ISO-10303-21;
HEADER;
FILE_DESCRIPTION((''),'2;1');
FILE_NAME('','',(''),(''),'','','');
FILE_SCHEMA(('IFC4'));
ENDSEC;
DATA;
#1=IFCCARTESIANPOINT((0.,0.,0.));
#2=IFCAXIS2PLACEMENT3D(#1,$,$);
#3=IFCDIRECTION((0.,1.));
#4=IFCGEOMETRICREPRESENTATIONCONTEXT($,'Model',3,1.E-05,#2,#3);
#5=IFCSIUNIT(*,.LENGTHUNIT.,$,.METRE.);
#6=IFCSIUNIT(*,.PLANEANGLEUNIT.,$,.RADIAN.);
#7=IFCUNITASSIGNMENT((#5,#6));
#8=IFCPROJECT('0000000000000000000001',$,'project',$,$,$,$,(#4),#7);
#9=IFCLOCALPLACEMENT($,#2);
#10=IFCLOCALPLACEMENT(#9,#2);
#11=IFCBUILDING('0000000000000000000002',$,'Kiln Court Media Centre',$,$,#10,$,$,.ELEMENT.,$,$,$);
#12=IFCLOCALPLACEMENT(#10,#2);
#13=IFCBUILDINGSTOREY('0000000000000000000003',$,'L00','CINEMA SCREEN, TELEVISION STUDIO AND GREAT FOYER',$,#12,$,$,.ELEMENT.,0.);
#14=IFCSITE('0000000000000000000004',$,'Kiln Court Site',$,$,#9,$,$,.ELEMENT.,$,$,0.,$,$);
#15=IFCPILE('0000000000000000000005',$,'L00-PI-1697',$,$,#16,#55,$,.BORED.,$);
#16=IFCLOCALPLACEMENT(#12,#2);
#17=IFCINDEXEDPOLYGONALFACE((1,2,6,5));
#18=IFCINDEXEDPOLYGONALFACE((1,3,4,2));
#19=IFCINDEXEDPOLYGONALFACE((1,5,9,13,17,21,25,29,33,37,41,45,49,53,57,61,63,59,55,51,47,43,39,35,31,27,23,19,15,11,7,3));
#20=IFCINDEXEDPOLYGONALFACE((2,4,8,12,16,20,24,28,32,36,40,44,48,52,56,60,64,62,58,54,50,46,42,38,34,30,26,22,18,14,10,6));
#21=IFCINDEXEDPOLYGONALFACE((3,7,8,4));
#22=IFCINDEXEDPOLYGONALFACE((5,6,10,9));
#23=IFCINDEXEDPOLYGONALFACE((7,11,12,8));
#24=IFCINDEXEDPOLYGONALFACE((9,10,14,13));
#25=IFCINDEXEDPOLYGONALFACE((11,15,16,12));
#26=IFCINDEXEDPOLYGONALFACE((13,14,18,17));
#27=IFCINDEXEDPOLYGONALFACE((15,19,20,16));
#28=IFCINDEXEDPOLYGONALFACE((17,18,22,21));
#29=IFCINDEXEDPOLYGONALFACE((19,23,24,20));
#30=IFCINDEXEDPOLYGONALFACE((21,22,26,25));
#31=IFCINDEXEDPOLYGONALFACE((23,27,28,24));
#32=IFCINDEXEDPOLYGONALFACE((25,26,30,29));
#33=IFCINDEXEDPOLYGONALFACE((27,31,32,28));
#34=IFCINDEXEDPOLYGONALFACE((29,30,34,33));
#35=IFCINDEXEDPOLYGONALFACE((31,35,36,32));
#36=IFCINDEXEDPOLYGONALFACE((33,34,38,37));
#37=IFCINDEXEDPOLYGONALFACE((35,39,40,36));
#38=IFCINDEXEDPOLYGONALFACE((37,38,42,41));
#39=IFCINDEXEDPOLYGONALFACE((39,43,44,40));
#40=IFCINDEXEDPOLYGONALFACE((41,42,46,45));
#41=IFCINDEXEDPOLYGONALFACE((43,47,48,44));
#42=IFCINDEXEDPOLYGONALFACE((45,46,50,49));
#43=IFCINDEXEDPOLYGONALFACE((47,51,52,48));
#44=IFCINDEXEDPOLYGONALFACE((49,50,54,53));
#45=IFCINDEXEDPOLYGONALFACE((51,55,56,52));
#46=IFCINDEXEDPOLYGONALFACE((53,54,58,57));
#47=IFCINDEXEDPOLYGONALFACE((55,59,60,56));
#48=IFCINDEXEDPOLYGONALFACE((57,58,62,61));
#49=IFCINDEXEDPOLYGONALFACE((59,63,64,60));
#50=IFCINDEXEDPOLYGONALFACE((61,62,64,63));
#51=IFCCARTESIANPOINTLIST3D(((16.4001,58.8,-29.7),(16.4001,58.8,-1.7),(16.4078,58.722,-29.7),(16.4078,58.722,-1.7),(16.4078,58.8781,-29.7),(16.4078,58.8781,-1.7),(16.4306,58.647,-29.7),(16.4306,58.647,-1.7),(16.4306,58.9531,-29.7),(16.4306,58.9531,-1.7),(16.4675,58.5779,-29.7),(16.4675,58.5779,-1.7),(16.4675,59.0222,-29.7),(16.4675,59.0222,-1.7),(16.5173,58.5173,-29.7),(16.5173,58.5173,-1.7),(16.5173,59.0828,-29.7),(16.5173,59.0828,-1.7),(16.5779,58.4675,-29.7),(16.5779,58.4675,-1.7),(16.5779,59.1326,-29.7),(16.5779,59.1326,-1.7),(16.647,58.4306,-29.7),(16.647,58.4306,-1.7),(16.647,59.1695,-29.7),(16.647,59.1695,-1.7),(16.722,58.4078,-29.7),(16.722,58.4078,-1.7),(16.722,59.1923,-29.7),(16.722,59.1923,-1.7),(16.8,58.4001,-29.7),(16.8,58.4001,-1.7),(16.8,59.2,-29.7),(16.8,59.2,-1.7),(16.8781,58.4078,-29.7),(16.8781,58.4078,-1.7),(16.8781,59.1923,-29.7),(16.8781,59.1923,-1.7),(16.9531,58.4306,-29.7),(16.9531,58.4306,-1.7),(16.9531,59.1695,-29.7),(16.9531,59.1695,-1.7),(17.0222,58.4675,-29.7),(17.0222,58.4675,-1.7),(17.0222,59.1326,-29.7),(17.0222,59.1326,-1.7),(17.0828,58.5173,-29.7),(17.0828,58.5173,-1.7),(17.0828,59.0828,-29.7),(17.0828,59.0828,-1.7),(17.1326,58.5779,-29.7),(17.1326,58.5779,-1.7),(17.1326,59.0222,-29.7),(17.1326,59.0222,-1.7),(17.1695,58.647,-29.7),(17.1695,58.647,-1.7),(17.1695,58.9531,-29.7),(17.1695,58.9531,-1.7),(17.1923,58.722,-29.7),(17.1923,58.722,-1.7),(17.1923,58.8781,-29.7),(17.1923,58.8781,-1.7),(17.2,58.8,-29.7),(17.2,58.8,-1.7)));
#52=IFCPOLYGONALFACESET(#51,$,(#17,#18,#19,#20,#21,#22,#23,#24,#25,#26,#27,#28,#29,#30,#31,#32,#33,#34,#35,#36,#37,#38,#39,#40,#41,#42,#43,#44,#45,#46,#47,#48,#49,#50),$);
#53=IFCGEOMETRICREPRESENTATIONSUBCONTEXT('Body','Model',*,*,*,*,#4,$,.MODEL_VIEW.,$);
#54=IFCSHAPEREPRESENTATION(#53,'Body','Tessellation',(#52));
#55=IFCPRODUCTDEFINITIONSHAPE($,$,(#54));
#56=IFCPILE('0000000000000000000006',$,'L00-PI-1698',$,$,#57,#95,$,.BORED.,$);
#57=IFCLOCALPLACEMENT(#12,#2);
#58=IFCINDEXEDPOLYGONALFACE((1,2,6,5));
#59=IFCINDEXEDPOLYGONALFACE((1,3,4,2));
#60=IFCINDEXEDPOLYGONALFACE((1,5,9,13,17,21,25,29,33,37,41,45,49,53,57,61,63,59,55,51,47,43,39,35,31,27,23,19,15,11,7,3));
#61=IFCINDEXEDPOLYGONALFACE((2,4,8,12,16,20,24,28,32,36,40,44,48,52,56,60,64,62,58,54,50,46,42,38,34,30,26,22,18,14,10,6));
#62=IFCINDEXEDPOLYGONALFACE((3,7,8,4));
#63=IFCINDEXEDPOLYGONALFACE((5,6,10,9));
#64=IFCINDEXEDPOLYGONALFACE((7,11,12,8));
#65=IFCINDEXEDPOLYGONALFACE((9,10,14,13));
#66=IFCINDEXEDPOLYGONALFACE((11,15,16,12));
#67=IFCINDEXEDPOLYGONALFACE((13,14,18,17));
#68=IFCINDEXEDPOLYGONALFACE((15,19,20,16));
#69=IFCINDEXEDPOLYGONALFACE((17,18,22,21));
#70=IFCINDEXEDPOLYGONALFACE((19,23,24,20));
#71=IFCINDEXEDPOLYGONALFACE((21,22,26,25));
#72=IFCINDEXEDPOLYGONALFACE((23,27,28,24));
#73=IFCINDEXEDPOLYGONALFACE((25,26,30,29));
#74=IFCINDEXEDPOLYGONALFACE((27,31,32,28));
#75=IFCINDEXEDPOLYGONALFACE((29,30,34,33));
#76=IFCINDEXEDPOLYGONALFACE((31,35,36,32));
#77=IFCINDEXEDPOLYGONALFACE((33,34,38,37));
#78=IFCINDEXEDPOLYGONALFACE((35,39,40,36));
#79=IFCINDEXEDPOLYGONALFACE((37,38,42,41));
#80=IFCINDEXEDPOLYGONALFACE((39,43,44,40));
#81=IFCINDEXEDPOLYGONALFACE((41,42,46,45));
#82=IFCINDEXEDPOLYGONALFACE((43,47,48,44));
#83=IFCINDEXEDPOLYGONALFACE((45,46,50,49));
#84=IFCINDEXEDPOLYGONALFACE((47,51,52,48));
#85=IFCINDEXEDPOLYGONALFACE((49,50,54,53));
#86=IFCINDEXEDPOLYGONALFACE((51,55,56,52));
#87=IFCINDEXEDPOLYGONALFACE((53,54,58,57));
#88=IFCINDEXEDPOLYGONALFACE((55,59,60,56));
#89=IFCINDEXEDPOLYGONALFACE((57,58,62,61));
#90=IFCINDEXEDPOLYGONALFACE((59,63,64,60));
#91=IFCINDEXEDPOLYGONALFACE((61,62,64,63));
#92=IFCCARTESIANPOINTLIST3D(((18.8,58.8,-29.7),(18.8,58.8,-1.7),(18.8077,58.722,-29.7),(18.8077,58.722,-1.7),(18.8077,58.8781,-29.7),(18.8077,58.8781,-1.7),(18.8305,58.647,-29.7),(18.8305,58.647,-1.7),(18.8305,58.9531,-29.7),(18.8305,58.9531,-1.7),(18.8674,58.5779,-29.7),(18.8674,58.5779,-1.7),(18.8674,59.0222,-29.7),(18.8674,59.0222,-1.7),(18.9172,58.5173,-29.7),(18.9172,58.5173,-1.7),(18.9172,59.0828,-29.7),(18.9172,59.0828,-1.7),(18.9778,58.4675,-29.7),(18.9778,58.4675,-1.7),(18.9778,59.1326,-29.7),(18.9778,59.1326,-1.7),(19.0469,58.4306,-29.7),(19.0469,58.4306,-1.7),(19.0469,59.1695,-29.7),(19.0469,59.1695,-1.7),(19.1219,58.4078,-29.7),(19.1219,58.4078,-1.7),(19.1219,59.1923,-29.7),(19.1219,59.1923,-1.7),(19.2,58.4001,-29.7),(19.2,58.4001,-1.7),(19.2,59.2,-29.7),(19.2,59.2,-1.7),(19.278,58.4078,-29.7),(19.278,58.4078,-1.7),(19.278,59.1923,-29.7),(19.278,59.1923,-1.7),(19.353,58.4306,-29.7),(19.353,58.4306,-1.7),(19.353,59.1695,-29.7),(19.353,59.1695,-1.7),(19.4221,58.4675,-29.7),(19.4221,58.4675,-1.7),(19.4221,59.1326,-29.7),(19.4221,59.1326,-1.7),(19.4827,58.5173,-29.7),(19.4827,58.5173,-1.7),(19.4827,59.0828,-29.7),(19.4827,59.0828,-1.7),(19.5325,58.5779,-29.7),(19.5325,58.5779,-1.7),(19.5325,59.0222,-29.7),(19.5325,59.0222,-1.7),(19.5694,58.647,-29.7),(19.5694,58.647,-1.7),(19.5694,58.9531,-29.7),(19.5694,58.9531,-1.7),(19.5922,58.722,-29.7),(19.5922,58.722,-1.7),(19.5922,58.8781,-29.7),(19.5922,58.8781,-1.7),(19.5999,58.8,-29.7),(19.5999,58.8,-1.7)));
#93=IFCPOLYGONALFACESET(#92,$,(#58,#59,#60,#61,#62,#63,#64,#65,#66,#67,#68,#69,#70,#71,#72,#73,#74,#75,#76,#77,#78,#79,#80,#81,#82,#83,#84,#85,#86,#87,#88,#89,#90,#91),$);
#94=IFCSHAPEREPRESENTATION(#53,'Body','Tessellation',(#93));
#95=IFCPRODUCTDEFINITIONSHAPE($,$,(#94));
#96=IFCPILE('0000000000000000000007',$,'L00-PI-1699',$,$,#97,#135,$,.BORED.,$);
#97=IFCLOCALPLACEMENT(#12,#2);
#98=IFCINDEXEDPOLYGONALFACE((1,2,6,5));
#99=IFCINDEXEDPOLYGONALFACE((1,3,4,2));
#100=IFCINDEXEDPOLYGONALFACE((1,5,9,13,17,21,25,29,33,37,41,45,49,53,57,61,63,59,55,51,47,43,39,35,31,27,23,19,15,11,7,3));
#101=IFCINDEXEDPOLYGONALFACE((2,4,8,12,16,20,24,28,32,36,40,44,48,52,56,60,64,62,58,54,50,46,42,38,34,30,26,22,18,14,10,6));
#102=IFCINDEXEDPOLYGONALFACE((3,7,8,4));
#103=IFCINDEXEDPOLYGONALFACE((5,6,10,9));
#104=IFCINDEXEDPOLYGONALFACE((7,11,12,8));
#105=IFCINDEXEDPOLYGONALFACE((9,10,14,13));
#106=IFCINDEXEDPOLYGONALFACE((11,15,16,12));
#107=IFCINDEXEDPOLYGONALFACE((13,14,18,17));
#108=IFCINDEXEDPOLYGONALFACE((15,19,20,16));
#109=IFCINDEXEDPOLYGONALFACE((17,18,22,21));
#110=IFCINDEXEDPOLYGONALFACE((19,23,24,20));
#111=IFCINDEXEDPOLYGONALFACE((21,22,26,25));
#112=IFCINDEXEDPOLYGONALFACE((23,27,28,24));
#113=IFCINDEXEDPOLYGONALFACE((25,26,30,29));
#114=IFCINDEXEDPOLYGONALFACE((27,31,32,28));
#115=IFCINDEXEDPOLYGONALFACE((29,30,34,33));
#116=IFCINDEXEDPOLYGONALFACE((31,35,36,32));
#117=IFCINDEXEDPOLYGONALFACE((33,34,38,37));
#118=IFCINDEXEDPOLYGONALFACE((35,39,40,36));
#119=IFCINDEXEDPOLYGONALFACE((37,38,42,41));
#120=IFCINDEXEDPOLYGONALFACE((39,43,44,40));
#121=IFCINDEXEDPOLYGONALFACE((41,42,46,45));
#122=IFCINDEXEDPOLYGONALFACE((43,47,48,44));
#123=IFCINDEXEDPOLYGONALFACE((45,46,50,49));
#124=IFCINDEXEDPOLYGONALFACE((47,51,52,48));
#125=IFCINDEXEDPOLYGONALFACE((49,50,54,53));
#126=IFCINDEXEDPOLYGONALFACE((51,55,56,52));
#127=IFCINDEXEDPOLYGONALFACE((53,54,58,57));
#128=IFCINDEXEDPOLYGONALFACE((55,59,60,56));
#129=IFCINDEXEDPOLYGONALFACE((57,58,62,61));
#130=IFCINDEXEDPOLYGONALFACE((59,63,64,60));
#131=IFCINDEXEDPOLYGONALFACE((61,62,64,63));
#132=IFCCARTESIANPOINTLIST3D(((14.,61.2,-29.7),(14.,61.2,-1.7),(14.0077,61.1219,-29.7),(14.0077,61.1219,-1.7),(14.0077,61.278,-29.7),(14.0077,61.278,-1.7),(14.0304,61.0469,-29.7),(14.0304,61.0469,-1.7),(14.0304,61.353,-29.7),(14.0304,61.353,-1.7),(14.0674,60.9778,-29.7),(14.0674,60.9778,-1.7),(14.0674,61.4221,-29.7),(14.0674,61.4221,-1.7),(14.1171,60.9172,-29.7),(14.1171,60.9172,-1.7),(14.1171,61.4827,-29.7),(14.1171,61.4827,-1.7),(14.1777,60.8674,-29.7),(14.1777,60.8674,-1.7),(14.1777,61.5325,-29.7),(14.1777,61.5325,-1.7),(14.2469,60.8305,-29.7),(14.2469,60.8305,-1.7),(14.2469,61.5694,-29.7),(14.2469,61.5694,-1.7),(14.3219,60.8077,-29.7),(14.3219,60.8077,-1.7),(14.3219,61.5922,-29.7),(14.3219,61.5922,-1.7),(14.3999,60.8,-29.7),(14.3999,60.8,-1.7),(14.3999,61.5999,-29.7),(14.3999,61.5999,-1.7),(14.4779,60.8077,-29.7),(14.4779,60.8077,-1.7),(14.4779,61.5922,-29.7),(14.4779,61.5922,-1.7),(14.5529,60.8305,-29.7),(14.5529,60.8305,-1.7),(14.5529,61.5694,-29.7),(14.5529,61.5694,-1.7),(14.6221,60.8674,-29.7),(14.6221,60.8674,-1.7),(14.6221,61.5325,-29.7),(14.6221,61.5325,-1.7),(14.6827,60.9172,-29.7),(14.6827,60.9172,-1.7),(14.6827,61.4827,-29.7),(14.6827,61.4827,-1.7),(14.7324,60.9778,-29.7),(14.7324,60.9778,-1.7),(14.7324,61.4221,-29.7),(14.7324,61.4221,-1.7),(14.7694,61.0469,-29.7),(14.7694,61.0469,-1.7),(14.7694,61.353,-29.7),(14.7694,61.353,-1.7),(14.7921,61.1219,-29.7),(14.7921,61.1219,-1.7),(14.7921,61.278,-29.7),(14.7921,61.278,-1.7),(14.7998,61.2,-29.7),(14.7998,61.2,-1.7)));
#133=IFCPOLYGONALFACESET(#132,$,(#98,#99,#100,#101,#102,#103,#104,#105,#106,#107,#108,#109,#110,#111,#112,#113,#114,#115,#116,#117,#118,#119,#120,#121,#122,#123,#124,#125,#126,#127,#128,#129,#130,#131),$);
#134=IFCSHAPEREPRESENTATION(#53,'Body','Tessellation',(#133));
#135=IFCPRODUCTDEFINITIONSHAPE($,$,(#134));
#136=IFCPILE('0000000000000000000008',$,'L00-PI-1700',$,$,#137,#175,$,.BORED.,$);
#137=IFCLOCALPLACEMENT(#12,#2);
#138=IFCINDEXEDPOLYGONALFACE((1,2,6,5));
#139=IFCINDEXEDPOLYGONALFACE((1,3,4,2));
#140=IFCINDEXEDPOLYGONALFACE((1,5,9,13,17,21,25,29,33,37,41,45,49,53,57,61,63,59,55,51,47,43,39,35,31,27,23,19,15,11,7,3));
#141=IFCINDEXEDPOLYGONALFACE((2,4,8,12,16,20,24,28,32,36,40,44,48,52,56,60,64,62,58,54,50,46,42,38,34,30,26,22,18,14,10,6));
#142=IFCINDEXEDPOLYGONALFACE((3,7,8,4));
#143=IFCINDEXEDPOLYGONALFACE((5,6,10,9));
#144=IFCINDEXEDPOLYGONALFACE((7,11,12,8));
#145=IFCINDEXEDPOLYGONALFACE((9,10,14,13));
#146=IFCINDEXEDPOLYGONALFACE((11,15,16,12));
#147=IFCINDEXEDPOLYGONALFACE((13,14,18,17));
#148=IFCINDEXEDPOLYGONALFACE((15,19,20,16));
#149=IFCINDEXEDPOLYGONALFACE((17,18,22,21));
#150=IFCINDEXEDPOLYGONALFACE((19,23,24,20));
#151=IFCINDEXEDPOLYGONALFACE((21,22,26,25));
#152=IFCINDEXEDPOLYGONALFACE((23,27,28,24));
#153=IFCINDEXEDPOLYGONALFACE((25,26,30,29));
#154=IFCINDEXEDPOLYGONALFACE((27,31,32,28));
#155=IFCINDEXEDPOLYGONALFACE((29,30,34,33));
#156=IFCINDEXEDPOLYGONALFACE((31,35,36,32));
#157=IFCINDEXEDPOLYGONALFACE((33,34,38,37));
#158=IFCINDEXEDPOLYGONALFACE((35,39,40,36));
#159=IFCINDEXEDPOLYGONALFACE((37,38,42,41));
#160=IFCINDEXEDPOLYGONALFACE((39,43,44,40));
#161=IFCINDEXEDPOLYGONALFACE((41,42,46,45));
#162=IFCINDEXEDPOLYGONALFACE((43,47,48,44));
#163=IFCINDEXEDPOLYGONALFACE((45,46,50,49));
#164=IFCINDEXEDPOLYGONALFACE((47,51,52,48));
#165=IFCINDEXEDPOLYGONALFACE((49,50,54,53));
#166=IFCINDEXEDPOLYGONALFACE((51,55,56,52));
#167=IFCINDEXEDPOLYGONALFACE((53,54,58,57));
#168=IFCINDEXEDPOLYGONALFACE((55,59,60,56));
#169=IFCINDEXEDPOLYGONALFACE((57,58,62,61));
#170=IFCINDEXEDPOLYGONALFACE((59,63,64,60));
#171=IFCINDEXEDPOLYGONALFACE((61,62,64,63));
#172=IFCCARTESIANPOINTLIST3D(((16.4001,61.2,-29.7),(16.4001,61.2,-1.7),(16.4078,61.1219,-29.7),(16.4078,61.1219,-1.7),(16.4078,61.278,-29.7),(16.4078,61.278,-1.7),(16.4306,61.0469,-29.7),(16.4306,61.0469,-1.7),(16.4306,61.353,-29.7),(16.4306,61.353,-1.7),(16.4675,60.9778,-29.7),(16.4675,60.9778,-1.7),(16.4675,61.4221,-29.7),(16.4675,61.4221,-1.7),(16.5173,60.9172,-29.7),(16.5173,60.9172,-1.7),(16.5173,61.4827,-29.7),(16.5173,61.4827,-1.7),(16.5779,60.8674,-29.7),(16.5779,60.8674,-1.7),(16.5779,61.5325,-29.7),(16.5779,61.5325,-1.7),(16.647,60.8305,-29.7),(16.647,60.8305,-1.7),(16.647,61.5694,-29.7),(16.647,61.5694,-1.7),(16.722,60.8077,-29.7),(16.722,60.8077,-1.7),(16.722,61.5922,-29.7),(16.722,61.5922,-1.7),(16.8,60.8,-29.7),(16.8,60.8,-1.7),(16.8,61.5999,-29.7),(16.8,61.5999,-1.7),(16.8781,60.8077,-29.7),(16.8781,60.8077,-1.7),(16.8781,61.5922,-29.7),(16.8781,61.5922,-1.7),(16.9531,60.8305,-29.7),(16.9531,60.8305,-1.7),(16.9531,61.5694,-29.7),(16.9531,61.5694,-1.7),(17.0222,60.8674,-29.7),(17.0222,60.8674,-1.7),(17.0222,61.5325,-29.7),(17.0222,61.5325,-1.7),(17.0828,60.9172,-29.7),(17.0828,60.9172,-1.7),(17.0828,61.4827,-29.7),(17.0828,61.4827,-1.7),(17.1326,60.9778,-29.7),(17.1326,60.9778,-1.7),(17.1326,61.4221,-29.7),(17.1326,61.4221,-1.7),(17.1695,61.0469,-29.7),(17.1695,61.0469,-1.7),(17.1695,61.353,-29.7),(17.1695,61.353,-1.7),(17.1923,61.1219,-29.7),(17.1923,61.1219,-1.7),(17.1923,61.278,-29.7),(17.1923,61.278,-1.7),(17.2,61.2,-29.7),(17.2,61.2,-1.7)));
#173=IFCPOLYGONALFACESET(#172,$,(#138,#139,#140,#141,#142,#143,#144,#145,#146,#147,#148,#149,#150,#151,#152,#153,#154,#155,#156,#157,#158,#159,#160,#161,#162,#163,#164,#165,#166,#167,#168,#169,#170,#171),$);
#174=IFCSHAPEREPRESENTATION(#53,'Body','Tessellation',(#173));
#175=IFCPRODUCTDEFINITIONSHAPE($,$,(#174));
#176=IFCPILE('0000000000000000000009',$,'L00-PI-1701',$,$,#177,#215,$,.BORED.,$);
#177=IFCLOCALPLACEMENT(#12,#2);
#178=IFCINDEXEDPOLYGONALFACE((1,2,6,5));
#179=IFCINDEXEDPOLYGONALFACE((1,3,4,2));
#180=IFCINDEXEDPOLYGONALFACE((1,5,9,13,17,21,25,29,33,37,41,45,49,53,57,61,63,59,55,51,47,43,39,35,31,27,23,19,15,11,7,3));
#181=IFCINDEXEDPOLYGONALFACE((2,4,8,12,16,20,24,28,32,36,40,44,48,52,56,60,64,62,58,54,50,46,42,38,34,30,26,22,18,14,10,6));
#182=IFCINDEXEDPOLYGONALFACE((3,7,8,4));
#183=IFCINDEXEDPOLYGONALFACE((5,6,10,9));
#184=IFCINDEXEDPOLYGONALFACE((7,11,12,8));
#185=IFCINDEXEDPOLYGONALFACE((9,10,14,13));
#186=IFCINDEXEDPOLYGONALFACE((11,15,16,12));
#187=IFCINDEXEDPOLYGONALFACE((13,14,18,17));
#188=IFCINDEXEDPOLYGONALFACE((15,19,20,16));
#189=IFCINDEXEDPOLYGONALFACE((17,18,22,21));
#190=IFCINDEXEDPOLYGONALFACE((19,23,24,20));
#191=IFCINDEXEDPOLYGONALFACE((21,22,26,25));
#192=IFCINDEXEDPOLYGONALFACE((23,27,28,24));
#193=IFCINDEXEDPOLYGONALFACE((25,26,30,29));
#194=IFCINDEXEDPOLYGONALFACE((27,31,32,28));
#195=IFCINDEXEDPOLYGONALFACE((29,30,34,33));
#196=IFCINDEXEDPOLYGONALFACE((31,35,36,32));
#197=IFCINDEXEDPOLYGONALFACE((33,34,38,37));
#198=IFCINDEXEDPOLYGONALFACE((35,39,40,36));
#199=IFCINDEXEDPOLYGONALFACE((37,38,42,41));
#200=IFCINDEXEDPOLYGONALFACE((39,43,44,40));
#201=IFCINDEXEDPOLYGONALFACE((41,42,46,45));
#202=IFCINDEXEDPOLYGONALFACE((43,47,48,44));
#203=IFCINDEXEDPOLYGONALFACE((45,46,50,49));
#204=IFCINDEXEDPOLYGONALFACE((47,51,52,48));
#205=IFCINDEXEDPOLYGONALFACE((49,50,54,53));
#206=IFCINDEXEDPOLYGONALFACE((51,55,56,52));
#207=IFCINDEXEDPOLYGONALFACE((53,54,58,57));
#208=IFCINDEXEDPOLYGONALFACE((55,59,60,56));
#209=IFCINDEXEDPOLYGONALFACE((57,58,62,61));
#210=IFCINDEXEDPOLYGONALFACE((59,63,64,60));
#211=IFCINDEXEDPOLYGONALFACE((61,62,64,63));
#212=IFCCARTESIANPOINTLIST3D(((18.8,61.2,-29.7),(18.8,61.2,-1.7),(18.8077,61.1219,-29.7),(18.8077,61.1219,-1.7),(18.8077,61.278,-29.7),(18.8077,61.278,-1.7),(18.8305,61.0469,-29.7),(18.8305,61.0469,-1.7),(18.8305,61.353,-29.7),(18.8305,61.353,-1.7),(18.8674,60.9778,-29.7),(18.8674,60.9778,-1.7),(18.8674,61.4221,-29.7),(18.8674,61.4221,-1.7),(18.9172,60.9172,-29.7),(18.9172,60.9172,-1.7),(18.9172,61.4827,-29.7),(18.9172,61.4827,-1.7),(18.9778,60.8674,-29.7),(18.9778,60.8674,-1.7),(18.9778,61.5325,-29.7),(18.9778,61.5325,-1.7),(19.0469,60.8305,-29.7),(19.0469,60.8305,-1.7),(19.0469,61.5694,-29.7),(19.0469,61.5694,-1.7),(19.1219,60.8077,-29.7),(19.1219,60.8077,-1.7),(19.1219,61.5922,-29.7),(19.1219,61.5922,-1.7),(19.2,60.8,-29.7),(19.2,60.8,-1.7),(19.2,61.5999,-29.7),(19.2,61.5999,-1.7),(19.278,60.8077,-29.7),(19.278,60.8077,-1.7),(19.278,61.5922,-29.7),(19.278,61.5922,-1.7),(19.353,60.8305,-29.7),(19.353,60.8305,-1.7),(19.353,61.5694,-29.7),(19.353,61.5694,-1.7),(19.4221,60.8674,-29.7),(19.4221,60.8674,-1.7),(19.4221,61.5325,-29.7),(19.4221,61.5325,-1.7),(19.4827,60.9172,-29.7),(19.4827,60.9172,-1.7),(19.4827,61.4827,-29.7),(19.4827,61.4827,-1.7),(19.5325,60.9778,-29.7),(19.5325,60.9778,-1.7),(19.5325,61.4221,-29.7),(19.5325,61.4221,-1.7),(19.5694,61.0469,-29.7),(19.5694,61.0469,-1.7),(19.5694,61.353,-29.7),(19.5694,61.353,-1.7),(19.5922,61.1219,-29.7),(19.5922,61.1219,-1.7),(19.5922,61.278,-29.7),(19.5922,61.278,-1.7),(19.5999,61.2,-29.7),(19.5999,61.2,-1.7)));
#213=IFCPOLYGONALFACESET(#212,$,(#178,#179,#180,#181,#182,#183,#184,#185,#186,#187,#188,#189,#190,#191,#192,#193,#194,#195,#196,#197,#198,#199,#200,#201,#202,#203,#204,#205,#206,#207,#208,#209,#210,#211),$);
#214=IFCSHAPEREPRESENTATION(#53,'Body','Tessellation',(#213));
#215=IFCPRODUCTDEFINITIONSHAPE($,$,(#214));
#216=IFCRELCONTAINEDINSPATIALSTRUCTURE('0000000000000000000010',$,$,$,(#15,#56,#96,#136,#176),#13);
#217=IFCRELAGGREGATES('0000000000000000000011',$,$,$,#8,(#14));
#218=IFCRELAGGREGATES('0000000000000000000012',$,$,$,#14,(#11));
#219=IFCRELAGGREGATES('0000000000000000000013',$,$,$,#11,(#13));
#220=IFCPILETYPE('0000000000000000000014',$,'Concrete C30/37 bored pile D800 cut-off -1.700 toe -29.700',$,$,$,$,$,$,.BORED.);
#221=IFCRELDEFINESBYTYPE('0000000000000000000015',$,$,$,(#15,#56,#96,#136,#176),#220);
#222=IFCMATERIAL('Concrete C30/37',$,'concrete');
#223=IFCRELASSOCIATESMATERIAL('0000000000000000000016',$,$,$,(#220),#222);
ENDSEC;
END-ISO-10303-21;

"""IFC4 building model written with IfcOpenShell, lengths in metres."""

from ifc_helpers import new_model, si_unit, direction, frame, origin, origin_2d, place, context, subcontext, project, spatial, circle, extrude, material, material_profile, profile_set, type_object, element, save


model = new_model("IFC4")

# Units and contexts
model_context = context("Model", 3, precision=1e-05, world=origin(), true_north=direction((0.0, 1.0)))
body_context = subcontext(model_context, "Body", "Model", "MODEL_VIEW")
ifc_project = project(units=[si_unit("LENGTHUNIT", "METRE"), si_unit("PLANEANGLEUNIT", "RADIAN")], contexts=[model_context])

# Site, building, storey
site_placement = place(None, origin())
site = spatial("IfcSite", under=ifc_project, at=site_placement, Name="Kiln Court Site", CompositionType="ELEMENT", RefElevation=0.0)
building_placement = place(site_placement, origin())
building = spatial("IfcBuilding", under=site, at=building_placement, Name="Kiln Court Media Centre", CompositionType="ELEMENT")
storey_placement = place(building_placement, origin())
storey = spatial("IfcBuildingStorey", under=building, at=storey_placement, Name="L00", Description="CINEMA SCREEN, TELEVISION STUDIO AND GREAT FOYER", CompositionType="ELEMENT", Elevation=0.0)

# Piles
ifc_material_1 = material(Name="Concrete C30/37", Category="concrete")
ifc_material_profile = material_profile(ifc_material_1, circle(Radius=0.3999, at=origin_2d()), Name="PILE D800")
ifc_profile_set = profile_set([ifc_material_profile], Name="Concrete C30/37")
pile_type = type_object("IfcPileType", Name="Concrete C30/37 bored pile D800 cut-off -1.700 toe -29.700", PredefinedType="BORED", material=ifc_profile_set)
for number, where, z_axis, x_axis, name in (
    (1, (16.8, 58.8, -1.7), (0.0, 0.0, -1.0), (1.0, 0.0, 0.0), "L00-PI-1697"),
    (2, (19.2, 58.8, -1.7), (0.0, 0.0, -1.0), (1.0, 0.0, 0.0), "L00-PI-1698"),
    (3, (14.3999, 61.2, -1.7), (0.0, 0.0, -1.0), (1.0, 0.0, 0.0), "L00-PI-1699"),
    (4, (16.8, 61.2, -1.7), (0.0, 0.0, -1.0), (1.0, 0.0, 0.0), "L00-PI-1700"),
    (5, (19.2, 61.2, -1.7), (0.0, 0.0, -1.0), (1.0, 0.0, 0.0), "L00-PI-1701"),
):
    element("IfcPile", number, at=place(storey_placement, frame(where, z_axis=z_axis, x_axis=x_axis)), inside=storey, type_object=pile_type, Name=name, PredefinedType="BORED", context=body_context, shape_type="SweptSolid", body=[
        extrude(circle(Radius=0.3999, at=origin_2d()), origin(), (0.0, 0.0, 1.0), 28.0),
    ])

save(model, "model.ifc")
